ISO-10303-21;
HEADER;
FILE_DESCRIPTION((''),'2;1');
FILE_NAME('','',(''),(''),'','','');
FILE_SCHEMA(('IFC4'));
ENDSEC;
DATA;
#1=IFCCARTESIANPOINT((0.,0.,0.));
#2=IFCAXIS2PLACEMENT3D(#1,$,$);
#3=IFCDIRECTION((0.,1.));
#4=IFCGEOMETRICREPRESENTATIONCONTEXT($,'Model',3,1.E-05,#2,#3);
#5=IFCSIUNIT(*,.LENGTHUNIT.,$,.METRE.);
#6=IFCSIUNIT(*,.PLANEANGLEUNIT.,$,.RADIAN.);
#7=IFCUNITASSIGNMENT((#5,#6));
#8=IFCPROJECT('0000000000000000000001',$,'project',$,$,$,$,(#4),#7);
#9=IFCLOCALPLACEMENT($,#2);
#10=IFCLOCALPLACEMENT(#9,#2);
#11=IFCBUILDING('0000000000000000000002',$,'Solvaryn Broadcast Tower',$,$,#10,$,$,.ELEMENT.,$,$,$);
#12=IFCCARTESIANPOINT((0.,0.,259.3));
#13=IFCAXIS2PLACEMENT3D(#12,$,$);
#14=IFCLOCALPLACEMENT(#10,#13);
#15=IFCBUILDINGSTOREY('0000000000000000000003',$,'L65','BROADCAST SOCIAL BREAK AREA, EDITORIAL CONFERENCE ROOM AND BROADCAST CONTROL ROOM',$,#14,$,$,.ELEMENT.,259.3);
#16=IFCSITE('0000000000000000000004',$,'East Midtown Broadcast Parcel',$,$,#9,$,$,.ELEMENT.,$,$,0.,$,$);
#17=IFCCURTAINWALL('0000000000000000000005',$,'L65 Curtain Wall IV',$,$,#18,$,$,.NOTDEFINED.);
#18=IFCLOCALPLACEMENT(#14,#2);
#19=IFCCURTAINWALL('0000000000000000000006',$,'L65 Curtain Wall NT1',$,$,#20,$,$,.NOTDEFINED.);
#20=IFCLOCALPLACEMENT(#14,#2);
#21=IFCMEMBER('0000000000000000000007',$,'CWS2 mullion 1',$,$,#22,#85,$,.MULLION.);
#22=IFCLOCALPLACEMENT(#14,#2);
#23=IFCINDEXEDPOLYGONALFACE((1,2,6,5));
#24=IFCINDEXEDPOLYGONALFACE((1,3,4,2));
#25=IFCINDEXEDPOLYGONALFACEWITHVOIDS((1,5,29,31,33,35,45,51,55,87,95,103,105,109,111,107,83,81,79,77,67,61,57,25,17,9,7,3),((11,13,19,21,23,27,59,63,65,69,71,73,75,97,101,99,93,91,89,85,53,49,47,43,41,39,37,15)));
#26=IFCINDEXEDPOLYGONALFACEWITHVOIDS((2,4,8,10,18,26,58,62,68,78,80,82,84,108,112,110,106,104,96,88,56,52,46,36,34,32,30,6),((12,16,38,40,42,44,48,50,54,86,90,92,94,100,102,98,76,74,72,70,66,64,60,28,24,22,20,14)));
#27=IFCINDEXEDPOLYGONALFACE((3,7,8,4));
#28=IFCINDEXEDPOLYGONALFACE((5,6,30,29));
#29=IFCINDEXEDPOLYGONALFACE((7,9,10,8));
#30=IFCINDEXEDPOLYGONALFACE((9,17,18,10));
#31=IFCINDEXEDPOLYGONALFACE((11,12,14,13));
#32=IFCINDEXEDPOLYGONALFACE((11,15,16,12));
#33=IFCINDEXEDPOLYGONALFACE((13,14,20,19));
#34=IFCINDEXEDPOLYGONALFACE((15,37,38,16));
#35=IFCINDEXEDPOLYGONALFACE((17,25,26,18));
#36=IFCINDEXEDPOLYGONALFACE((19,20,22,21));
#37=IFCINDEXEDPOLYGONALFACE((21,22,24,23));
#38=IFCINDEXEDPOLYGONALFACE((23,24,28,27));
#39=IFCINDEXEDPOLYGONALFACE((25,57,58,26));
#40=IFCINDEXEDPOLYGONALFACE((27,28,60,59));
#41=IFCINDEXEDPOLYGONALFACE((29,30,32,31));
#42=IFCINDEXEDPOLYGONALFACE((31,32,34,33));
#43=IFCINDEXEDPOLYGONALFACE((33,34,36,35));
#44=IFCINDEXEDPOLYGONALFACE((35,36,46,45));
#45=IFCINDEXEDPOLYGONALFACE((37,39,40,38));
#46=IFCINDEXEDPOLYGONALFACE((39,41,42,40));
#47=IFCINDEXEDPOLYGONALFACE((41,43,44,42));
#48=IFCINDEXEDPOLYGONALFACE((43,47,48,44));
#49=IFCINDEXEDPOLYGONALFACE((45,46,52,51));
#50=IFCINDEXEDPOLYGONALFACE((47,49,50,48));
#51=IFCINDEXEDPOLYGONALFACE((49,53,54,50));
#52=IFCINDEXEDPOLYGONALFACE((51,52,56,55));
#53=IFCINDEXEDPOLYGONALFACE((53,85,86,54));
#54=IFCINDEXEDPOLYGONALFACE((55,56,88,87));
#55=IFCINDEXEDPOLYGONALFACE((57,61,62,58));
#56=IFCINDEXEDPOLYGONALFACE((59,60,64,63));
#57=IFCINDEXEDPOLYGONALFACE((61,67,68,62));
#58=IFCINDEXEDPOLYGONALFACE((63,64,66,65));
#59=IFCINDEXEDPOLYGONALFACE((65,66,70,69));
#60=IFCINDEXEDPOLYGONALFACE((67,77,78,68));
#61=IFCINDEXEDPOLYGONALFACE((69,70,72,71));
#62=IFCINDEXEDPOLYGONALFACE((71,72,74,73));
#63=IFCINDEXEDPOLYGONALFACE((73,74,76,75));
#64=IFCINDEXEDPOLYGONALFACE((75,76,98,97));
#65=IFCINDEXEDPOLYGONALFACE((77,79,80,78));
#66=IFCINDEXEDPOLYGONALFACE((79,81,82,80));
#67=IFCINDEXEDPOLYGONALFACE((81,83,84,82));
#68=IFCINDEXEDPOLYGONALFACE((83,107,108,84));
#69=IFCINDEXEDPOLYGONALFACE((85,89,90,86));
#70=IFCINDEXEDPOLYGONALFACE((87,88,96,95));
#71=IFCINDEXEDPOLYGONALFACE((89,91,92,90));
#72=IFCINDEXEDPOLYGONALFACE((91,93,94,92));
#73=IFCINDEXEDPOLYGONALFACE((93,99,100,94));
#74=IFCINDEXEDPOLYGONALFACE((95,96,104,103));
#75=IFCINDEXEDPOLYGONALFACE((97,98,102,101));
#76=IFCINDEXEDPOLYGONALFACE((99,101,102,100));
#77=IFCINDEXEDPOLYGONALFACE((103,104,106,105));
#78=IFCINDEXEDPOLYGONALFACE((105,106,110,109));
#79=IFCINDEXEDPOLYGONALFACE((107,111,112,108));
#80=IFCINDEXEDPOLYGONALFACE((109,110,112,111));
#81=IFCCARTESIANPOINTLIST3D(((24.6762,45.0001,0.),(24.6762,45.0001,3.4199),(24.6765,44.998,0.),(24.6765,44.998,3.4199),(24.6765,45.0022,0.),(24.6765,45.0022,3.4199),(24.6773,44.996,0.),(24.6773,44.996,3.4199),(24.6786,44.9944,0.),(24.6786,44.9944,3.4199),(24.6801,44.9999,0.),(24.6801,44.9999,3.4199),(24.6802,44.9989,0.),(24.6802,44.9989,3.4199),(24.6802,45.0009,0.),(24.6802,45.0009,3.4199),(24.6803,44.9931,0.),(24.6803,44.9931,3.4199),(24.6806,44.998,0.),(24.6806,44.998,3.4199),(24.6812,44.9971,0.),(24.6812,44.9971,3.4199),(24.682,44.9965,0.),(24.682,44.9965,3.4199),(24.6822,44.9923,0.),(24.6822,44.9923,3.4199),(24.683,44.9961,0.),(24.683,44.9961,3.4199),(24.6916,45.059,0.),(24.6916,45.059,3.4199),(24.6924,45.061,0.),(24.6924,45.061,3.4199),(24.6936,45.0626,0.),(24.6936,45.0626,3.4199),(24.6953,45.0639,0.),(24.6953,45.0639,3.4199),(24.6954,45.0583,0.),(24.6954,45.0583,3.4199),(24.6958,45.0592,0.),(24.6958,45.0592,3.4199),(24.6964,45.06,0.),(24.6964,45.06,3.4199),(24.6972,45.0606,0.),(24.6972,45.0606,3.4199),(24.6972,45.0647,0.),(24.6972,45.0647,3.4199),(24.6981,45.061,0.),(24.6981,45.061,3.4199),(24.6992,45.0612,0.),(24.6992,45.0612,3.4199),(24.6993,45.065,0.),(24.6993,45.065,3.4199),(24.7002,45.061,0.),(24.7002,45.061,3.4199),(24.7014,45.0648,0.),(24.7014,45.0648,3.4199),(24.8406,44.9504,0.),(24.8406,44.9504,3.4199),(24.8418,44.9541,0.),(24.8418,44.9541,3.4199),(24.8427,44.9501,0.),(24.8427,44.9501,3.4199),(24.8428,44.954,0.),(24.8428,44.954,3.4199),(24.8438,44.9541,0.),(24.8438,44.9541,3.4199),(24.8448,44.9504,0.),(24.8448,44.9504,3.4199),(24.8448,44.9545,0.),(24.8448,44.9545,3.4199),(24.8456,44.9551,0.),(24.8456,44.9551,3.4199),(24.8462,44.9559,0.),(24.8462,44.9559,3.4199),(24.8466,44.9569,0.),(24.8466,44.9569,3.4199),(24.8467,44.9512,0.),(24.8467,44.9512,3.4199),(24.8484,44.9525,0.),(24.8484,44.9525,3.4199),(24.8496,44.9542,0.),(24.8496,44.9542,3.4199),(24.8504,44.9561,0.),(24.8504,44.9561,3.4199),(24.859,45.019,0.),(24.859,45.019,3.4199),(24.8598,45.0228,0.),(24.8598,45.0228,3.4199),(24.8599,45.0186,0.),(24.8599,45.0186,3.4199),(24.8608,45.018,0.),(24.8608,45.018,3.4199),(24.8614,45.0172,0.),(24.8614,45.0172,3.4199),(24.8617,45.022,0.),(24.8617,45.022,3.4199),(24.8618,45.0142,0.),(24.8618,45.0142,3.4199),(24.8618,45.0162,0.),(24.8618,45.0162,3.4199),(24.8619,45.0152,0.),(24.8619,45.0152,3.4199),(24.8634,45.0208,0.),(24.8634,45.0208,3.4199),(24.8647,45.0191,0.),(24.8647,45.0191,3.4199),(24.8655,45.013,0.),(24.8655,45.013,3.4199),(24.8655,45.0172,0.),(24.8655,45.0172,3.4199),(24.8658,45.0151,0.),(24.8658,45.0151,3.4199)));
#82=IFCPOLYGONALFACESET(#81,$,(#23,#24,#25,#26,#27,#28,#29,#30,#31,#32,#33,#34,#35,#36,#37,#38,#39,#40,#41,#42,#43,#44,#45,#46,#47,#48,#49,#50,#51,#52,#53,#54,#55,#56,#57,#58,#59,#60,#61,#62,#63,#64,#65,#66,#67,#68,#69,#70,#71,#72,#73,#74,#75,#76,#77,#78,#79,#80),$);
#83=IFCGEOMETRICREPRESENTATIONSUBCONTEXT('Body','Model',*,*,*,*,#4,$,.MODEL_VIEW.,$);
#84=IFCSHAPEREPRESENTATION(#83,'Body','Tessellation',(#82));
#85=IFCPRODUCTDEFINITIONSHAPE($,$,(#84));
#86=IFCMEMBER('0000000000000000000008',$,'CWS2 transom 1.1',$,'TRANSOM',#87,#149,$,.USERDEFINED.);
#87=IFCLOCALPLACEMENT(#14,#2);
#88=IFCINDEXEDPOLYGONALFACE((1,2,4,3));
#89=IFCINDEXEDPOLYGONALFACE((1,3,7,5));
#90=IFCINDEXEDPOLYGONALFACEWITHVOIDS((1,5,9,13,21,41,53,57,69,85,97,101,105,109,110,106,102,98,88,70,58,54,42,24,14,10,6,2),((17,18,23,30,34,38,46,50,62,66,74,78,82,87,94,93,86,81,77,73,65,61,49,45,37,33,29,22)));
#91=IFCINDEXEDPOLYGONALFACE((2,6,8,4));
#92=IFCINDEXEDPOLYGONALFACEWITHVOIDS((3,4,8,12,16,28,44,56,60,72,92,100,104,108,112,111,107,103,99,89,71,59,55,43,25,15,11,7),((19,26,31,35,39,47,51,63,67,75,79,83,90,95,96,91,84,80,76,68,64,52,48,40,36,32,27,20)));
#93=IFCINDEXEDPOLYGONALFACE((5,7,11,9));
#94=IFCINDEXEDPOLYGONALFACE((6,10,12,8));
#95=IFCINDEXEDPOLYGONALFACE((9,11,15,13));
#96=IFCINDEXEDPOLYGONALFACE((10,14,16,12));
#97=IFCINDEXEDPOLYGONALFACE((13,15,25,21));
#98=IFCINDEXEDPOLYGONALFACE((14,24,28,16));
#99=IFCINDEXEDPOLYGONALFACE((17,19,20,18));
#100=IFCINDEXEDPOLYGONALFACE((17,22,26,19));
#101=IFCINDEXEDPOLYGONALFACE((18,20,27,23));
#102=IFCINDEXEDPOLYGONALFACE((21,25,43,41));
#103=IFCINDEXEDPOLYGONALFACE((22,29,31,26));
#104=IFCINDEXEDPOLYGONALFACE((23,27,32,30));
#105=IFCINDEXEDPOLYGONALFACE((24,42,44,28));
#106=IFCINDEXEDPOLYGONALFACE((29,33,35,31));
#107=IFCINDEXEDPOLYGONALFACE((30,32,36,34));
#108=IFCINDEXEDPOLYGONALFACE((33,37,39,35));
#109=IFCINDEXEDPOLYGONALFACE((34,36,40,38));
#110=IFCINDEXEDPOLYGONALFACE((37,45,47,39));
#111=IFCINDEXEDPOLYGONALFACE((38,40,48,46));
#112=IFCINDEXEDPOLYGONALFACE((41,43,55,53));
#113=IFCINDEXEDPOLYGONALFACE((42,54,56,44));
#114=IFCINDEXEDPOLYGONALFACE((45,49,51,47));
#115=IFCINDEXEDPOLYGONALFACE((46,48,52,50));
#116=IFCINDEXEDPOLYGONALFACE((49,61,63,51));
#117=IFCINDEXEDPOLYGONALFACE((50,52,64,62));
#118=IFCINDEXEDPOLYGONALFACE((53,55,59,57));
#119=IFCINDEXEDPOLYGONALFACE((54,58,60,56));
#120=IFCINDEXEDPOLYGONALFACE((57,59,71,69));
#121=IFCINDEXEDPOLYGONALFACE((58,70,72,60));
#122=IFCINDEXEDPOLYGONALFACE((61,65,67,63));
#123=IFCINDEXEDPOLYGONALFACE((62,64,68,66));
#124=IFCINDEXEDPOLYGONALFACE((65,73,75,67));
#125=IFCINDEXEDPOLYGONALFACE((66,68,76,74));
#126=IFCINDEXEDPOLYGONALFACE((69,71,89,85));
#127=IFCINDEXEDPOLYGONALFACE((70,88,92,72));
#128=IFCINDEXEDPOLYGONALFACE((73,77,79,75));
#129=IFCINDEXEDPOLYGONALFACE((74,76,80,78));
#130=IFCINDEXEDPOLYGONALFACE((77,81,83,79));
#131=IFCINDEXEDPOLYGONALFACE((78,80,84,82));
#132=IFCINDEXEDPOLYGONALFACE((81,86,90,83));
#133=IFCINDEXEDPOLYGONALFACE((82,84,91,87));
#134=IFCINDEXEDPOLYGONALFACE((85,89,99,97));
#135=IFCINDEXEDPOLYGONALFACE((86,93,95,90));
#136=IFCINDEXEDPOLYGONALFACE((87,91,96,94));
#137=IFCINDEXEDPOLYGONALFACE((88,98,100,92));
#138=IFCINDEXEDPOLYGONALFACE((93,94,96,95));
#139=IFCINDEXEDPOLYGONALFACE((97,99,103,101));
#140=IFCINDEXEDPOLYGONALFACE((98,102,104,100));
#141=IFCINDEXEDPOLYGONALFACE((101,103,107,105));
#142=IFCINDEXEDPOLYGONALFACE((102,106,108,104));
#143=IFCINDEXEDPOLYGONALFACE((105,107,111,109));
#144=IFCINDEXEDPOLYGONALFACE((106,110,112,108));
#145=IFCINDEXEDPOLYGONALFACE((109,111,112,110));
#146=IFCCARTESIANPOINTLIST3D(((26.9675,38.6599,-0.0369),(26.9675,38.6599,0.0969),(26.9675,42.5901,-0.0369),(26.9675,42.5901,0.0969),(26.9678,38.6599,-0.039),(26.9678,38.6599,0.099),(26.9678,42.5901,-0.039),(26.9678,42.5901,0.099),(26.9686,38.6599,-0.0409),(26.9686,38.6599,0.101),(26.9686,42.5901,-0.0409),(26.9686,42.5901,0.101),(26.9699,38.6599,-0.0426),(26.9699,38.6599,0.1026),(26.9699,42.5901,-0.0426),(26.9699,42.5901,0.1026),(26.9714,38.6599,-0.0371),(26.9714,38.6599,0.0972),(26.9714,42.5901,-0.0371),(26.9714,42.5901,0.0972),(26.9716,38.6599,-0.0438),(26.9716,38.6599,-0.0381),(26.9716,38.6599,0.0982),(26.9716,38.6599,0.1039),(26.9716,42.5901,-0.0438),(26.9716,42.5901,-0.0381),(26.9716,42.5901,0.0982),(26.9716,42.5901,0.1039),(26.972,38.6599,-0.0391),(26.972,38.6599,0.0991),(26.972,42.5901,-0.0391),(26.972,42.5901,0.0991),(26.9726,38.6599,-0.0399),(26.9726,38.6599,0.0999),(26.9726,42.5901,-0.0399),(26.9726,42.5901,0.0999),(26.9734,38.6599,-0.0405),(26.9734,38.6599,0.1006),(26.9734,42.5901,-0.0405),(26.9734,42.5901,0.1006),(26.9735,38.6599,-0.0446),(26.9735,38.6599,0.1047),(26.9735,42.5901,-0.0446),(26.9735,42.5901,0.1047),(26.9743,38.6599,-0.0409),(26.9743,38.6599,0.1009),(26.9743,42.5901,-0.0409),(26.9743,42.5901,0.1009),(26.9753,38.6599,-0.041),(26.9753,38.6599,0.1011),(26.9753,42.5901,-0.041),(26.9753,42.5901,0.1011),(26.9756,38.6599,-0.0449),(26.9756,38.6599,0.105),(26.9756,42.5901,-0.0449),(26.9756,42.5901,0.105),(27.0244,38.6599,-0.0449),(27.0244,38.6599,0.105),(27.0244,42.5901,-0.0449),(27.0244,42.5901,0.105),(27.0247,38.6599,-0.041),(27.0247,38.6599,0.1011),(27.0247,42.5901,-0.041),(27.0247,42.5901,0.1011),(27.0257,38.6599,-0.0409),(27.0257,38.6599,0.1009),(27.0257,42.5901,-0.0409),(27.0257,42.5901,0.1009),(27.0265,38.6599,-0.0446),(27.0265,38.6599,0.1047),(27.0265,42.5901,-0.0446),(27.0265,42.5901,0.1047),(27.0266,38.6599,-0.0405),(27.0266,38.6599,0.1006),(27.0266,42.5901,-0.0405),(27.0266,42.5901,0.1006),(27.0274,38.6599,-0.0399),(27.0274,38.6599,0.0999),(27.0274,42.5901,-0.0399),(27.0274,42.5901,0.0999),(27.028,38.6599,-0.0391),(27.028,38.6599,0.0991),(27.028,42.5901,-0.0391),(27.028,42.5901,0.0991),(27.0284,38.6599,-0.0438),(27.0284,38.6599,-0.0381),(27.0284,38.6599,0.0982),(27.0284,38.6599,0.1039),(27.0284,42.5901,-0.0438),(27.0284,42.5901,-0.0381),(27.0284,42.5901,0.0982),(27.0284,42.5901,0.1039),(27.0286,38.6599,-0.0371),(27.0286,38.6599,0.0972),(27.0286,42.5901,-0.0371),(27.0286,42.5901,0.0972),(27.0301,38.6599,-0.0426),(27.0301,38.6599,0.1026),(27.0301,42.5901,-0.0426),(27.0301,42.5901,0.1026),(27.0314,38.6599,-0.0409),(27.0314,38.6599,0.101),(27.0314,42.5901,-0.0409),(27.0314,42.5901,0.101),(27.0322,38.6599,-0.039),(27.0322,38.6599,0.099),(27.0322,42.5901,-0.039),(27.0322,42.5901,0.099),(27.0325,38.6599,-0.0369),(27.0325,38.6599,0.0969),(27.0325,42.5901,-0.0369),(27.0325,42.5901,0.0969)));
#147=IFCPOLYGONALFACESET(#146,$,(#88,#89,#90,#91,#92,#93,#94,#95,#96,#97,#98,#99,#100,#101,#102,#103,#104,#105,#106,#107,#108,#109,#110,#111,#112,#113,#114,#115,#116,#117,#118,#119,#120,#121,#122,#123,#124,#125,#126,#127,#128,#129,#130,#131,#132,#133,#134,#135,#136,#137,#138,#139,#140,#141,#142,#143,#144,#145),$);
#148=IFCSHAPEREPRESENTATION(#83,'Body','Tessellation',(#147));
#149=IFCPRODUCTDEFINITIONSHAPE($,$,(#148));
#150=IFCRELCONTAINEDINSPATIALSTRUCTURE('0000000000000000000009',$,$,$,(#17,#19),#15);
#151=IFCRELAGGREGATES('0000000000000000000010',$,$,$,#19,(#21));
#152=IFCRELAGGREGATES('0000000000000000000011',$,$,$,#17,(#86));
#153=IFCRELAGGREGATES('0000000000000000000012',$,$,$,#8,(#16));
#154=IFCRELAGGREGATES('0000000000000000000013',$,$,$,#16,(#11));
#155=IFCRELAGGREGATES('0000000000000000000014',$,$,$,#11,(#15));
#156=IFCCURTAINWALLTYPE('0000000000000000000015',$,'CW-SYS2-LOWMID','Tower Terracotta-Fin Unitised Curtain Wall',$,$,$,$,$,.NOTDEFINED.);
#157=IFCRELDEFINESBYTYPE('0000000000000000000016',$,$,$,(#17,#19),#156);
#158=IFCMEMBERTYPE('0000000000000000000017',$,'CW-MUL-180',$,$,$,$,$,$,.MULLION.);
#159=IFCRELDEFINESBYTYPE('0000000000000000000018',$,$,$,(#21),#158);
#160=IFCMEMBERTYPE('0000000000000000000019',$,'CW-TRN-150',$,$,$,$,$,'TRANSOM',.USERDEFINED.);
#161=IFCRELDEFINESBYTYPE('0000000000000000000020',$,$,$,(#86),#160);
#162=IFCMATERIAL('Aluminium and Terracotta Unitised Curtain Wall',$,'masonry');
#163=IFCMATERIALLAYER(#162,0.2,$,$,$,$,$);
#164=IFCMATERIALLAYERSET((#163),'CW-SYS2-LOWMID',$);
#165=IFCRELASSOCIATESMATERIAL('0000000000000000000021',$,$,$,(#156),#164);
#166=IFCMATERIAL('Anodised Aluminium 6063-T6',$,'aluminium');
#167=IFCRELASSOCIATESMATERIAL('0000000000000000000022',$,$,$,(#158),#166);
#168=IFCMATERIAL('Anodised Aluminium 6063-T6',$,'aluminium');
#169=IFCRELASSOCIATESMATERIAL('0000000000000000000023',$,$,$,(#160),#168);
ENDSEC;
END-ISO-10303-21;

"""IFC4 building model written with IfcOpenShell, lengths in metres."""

from ifc_helpers import new_model, si_unit, direction, frame, origin, origin_2d, place, context, subcontext, project, spatial, hollow_rectangle, extrude, material, layer, layer_set, material_profile, profile_set, type_object, element, aggregate, save


model = new_model("IFC4")

# Units and contexts
model_context = context("Model", 3, precision=1e-05, world=origin(), true_north=direction((0.0, 1.0)))
body_context = subcontext(model_context, "Body", "Model", "MODEL_VIEW")
ifc_project = project(units=[si_unit("LENGTHUNIT", "METRE"), si_unit("PLANEANGLEUNIT", "RADIAN")], contexts=[model_context])

# Site, building, storey
site_placement = place(None, origin())
site = spatial("IfcSite", under=ifc_project, at=site_placement, Name="East Midtown Broadcast Parcel", CompositionType="ELEMENT", RefElevation=0.0)
building_placement = place(site_placement, origin())
building = spatial("IfcBuilding", under=site, at=building_placement, Name="Solvaryn Broadcast Tower", CompositionType="ELEMENT")
storey_placement = place(building_placement, frame((0.0, 0.0, 259.3)))
storey = spatial("IfcBuildingStorey", under=building, at=storey_placement, Name="L65", Description="BROADCAST SOCIAL BREAK AREA, EDITORIAL CONFERENCE ROOM AND BROADCAST CONTROL ROOM", CompositionType="ELEMENT", Elevation=259.3)

# Curtain wall
ifc_material_1 = material(Name="Aluminium and Terracotta Unitised Curtain Wall", Category="masonry")
ifc_layer_1 = layer(ifc_material_1, 0.2)
ifc_layer_set_1 = layer_set([ifc_layer_1], Name="CW-SYS2-LOWMID")
curtain_wall_type = type_object("IfcCurtainWallType", Name="CW-SYS2-LOWMID", Description="Tower Terracotta-Fin Unitised Curtain Wall", PredefinedType="NOTDEFINED", material=ifc_layer_set_1)
curtain_wall_1_placement = place(storey_placement, origin())
curtain_wall_1 = element("IfcCurtainWall", 1, at=curtain_wall_1_placement, inside=storey, type_object=curtain_wall_type, Name="L65 Curtain Wall IV", PredefinedType="NOTDEFINED")
ifc_material_2 = material(Name="Anodised Aluminium 6063-T6", Category="aluminium")
ifc_material_profile_1 = material_profile(ifc_material_2, hollow_rectangle(XDim=0.075, YDim=0.1799, WallThickness=0.0039, InnerFilletRadius=0.0039, OuterFilletRadius=0.0081, at=origin_2d()))
ifc_profile_set_1 = profile_set([ifc_material_profile_1], Name="Anodised Aluminium 6063-T6")
member_type_1 = type_object("IfcMemberType", Name="CW-MUL-180", PredefinedType="MULLION", material=ifc_profile_set_1)

# Curtain wall, member
curtain_wall_2_placement = place(storey_placement, origin())
curtain_wall_2 = element("IfcCurtainWall", 2, at=curtain_wall_2_placement, inside=storey, type_object=curtain_wall_type, Name="L65 Curtain Wall NT1", PredefinedType="NOTDEFINED")
member_1_placement = place(storey_placement, frame((24.771, 45.0076, 0.0), z_axis=(0.0, 0.0, 1.0), x_axis=(-0.255893, -0.966705, 0.0)))
member_1 = element("IfcMember", 3, at=member_1_placement, type_object=member_type_1, Name="CWS2 mullion 1", PredefinedType="MULLION", context=body_context, shape_type="SweptSolid", body=[
    extrude(hollow_rectangle(XDim=0.075, YDim=0.1799, WallThickness=0.0039, InnerFilletRadius=0.0039, OuterFilletRadius=0.0081, at=origin_2d()), origin(), (0.0, 0.0, 1.0), 3.4199),
])

# Member
ifc_material_3 = material(Name="Anodised Aluminium 6063-T6", Category="aluminium")
ifc_material_profile_2 = material_profile(ifc_material_3, hollow_rectangle(XDim=0.0649, YDim=0.1499, WallThickness=0.0039, InnerFilletRadius=0.0039, OuterFilletRadius=0.0081, at=origin_2d()))
ifc_profile_set_2 = profile_set([ifc_material_profile_2], Name="Anodised Aluminium 6063-T6")
member_type_2 = type_object("IfcMemberType", Name="CW-TRN-150", ElementType="TRANSOM", PredefinedType="USERDEFINED", material=ifc_profile_set_2)
member_2_placement = place(storey_placement, frame((27.0, 42.5901, 0.03), z_axis=(0.0, -1.0, 0.0), x_axis=(1.0, 0.0, 0.0)))
member_2 = element("IfcMember", 4, at=member_2_placement, type_object=member_type_2, Name="CWS2 transom 1.1", ObjectType="TRANSOM", PredefinedType="USERDEFINED", context=body_context, shape_type="SweptSolid", body=[
    extrude(hollow_rectangle(XDim=0.0649, YDim=0.1499, WallThickness=0.0039, InnerFilletRadius=0.0039, OuterFilletRadius=0.0081, at=origin_2d()), origin(), (0.0, 0.0, 1.0), 3.9302),
])
aggregate(curtain_wall_2, [member_1])

aggregate(curtain_wall_1, [member_2])

save(model, "model.ifc")
